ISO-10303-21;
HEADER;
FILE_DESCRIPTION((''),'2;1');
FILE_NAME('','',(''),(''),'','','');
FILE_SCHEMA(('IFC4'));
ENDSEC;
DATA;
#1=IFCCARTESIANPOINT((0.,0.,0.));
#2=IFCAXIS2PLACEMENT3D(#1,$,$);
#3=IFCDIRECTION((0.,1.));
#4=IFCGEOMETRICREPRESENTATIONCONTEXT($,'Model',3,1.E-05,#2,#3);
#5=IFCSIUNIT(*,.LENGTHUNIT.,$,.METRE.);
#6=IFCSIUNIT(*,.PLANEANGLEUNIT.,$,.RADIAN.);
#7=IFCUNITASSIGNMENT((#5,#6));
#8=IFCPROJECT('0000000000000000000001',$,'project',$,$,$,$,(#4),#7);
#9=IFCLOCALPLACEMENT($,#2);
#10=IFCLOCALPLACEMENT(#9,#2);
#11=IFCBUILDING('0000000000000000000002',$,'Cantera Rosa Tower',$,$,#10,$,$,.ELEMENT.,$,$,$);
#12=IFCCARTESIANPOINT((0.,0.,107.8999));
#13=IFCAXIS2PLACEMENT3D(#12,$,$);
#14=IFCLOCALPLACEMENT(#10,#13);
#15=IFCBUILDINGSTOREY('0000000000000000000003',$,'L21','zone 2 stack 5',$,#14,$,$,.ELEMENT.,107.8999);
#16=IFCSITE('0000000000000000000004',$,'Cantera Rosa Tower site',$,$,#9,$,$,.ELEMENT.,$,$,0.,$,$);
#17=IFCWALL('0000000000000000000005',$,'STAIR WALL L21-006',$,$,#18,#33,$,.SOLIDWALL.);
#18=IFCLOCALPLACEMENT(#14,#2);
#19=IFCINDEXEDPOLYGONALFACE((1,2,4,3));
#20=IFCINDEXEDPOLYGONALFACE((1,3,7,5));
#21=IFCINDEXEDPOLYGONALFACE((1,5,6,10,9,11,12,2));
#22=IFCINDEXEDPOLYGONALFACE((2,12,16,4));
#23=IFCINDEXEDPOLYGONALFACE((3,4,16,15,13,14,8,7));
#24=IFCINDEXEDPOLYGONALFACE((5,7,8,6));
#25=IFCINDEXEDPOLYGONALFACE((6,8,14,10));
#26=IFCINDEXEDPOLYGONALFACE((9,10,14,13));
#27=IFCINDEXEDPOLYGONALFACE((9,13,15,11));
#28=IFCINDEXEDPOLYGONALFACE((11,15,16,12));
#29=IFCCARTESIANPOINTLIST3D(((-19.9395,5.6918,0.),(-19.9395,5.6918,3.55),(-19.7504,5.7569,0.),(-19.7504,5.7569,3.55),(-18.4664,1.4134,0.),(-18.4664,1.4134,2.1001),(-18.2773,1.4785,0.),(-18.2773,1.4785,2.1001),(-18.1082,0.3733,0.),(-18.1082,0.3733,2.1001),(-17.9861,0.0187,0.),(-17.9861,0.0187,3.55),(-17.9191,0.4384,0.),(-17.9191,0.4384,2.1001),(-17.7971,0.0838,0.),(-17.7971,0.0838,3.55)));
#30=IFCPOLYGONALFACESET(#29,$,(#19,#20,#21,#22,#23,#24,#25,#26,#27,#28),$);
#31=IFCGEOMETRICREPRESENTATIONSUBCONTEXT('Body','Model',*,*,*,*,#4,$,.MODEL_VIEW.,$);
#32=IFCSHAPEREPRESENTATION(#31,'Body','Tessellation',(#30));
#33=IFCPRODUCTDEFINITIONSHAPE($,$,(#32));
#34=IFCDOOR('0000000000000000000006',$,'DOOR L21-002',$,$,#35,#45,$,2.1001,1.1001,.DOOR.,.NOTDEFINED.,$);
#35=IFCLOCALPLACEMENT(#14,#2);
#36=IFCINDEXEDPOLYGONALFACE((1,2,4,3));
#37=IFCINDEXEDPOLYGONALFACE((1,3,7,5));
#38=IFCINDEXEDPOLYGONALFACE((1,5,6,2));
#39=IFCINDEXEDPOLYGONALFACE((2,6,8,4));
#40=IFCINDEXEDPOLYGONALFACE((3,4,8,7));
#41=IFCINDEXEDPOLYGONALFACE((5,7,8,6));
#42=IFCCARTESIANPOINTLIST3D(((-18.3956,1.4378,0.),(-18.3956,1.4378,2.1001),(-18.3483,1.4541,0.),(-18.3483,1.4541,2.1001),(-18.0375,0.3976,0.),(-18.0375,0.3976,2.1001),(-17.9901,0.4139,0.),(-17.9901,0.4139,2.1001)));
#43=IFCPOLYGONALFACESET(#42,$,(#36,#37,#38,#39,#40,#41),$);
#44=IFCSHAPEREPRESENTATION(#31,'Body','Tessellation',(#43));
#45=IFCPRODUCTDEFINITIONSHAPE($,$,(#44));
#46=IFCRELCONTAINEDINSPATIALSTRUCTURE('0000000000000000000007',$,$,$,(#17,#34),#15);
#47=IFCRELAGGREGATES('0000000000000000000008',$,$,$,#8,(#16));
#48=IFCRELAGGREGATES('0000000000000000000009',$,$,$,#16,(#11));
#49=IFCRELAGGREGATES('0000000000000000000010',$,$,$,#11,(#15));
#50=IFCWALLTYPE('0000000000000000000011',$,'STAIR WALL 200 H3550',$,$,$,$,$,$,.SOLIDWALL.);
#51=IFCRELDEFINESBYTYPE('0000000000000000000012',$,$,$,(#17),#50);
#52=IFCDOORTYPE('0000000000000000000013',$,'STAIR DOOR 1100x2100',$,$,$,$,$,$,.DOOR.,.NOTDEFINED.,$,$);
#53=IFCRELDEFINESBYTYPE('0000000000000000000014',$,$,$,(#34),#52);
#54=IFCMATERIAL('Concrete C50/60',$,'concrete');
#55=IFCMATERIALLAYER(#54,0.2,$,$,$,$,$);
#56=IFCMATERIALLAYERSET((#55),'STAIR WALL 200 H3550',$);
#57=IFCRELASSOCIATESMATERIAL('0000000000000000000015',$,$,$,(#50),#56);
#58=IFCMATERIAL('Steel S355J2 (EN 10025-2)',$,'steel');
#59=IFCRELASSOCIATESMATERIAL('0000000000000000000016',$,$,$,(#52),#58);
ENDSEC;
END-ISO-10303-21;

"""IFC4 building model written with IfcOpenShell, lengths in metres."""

from ifc_helpers import new_model, si_unit, direction, frame, frame_2d, origin, place, context, subcontext, project, spatial, rectangle, extrude, material, layer, layer_set, type_object, element, fill, save


model = new_model("IFC4")

# Units and contexts
model_context = context("Model", 3, precision=1e-05, world=origin(), true_north=direction((0.0, 1.0)))
body_context = subcontext(model_context, "Body", "Model", "MODEL_VIEW")
ifc_project = project(units=[si_unit("LENGTHUNIT", "METRE"), si_unit("PLANEANGLEUNIT", "RADIAN")], contexts=[model_context])

# Site, building, storey
site_placement = place(None, origin())
site = spatial("IfcSite", under=ifc_project, at=site_placement, Name="Cantera Rosa Tower site", CompositionType="ELEMENT", RefElevation=0.0)
building_placement = place(site_placement, origin())
building = spatial("IfcBuilding", under=site, at=building_placement, Name="Cantera Rosa Tower", CompositionType="ELEMENT")
storey_placement = place(building_placement, frame((0.0, 0.0, 107.8999)))
storey = spatial("IfcBuildingStorey", under=building, at=storey_placement, Name="L21", Description="zone 2 stack 5", CompositionType="ELEMENT", Elevation=107.8999)

# Wall, opening, door
ifc_material_1 = material(Name="Concrete C50/60", Category="concrete")
ifc_layer_1 = layer(ifc_material_1, 0.2)
ifc_layer_set_1 = layer_set([ifc_layer_1], Name="STAIR WALL 200 H3550")
wall_type_1 = type_object("IfcWallType", Name="STAIR WALL 200 H3550", PredefinedType="SOLIDWALL", material=ifc_layer_set_1)
wall_1_placement = place(storey_placement, frame((-19.845, 5.7244, 0.0), z_axis=(0.0, 0.0, 1.0), x_axis=(0.325563, -0.94552, 0.0)))
wall_1 = element("IfcWall", 1, at=wall_1_placement, inside=storey, type_object=wall_type_1, Name="STAIR WALL L21-006", PredefinedType="SOLIDWALL", context=body_context, shape_type="SweptSolid", body=[
    extrude(rectangle(XDim=6.0, YDim=0.2, at=frame_2d((3.0, 0.0))), origin(), (0.0, 0.0, 1.0), 3.55),
])
opening_1_placement = place(wall_1_placement, frame((4.5249, 0.0, 0.0)))
opening_1 = element("IfcOpeningElement", 2, at=opening_1_placement, cuts=wall_1, PredefinedType="OPENING", context=body_context, shape_type="SweptSolid", body=[
    extrude(rectangle(XDim=1.1001, YDim=2.1001, at=frame_2d((0.55, 1.05))), frame((0.0, 0.1099, 0.0), z_axis=(0.0, -1.0, 0.0), x_axis=(1.0, 0.0, 0.0)), (0.0, 0.0, 1.0), 0.22),
])
ifc_material_2 = material(Name="Steel S355J2 (EN 10025-2)", Category="steel")
door_type_1 = type_object("IfcDoorType", Name="STAIR DOOR 1100x2100", OperationType="NOTDEFINED", PredefinedType="DOOR", material=ifc_material_2)
door_1_placement = place(opening_1_placement, origin())
door_1 = element("IfcDoor", 3, at=door_1_placement, inside=storey, type_object=door_type_1, Name="DOOR L21-002", OperationType="NOTDEFINED", OverallHeight=2.1001, OverallWidth=1.1001, PredefinedType="DOOR", context=body_context, shape_type="SweptSolid", body=[
    extrude(rectangle(XDim=1.1001, YDim=2.1001, at=frame_2d((0.55, 1.05))), frame((0.0, 0.0249, 0.0), z_axis=(0.0, -1.0, 0.0), x_axis=(1.0, 0.0, 0.0)), (0.0, 0.0, 1.0), 0.05),
])
fill(opening_1, door_1)

save(model, "model.ifc")
